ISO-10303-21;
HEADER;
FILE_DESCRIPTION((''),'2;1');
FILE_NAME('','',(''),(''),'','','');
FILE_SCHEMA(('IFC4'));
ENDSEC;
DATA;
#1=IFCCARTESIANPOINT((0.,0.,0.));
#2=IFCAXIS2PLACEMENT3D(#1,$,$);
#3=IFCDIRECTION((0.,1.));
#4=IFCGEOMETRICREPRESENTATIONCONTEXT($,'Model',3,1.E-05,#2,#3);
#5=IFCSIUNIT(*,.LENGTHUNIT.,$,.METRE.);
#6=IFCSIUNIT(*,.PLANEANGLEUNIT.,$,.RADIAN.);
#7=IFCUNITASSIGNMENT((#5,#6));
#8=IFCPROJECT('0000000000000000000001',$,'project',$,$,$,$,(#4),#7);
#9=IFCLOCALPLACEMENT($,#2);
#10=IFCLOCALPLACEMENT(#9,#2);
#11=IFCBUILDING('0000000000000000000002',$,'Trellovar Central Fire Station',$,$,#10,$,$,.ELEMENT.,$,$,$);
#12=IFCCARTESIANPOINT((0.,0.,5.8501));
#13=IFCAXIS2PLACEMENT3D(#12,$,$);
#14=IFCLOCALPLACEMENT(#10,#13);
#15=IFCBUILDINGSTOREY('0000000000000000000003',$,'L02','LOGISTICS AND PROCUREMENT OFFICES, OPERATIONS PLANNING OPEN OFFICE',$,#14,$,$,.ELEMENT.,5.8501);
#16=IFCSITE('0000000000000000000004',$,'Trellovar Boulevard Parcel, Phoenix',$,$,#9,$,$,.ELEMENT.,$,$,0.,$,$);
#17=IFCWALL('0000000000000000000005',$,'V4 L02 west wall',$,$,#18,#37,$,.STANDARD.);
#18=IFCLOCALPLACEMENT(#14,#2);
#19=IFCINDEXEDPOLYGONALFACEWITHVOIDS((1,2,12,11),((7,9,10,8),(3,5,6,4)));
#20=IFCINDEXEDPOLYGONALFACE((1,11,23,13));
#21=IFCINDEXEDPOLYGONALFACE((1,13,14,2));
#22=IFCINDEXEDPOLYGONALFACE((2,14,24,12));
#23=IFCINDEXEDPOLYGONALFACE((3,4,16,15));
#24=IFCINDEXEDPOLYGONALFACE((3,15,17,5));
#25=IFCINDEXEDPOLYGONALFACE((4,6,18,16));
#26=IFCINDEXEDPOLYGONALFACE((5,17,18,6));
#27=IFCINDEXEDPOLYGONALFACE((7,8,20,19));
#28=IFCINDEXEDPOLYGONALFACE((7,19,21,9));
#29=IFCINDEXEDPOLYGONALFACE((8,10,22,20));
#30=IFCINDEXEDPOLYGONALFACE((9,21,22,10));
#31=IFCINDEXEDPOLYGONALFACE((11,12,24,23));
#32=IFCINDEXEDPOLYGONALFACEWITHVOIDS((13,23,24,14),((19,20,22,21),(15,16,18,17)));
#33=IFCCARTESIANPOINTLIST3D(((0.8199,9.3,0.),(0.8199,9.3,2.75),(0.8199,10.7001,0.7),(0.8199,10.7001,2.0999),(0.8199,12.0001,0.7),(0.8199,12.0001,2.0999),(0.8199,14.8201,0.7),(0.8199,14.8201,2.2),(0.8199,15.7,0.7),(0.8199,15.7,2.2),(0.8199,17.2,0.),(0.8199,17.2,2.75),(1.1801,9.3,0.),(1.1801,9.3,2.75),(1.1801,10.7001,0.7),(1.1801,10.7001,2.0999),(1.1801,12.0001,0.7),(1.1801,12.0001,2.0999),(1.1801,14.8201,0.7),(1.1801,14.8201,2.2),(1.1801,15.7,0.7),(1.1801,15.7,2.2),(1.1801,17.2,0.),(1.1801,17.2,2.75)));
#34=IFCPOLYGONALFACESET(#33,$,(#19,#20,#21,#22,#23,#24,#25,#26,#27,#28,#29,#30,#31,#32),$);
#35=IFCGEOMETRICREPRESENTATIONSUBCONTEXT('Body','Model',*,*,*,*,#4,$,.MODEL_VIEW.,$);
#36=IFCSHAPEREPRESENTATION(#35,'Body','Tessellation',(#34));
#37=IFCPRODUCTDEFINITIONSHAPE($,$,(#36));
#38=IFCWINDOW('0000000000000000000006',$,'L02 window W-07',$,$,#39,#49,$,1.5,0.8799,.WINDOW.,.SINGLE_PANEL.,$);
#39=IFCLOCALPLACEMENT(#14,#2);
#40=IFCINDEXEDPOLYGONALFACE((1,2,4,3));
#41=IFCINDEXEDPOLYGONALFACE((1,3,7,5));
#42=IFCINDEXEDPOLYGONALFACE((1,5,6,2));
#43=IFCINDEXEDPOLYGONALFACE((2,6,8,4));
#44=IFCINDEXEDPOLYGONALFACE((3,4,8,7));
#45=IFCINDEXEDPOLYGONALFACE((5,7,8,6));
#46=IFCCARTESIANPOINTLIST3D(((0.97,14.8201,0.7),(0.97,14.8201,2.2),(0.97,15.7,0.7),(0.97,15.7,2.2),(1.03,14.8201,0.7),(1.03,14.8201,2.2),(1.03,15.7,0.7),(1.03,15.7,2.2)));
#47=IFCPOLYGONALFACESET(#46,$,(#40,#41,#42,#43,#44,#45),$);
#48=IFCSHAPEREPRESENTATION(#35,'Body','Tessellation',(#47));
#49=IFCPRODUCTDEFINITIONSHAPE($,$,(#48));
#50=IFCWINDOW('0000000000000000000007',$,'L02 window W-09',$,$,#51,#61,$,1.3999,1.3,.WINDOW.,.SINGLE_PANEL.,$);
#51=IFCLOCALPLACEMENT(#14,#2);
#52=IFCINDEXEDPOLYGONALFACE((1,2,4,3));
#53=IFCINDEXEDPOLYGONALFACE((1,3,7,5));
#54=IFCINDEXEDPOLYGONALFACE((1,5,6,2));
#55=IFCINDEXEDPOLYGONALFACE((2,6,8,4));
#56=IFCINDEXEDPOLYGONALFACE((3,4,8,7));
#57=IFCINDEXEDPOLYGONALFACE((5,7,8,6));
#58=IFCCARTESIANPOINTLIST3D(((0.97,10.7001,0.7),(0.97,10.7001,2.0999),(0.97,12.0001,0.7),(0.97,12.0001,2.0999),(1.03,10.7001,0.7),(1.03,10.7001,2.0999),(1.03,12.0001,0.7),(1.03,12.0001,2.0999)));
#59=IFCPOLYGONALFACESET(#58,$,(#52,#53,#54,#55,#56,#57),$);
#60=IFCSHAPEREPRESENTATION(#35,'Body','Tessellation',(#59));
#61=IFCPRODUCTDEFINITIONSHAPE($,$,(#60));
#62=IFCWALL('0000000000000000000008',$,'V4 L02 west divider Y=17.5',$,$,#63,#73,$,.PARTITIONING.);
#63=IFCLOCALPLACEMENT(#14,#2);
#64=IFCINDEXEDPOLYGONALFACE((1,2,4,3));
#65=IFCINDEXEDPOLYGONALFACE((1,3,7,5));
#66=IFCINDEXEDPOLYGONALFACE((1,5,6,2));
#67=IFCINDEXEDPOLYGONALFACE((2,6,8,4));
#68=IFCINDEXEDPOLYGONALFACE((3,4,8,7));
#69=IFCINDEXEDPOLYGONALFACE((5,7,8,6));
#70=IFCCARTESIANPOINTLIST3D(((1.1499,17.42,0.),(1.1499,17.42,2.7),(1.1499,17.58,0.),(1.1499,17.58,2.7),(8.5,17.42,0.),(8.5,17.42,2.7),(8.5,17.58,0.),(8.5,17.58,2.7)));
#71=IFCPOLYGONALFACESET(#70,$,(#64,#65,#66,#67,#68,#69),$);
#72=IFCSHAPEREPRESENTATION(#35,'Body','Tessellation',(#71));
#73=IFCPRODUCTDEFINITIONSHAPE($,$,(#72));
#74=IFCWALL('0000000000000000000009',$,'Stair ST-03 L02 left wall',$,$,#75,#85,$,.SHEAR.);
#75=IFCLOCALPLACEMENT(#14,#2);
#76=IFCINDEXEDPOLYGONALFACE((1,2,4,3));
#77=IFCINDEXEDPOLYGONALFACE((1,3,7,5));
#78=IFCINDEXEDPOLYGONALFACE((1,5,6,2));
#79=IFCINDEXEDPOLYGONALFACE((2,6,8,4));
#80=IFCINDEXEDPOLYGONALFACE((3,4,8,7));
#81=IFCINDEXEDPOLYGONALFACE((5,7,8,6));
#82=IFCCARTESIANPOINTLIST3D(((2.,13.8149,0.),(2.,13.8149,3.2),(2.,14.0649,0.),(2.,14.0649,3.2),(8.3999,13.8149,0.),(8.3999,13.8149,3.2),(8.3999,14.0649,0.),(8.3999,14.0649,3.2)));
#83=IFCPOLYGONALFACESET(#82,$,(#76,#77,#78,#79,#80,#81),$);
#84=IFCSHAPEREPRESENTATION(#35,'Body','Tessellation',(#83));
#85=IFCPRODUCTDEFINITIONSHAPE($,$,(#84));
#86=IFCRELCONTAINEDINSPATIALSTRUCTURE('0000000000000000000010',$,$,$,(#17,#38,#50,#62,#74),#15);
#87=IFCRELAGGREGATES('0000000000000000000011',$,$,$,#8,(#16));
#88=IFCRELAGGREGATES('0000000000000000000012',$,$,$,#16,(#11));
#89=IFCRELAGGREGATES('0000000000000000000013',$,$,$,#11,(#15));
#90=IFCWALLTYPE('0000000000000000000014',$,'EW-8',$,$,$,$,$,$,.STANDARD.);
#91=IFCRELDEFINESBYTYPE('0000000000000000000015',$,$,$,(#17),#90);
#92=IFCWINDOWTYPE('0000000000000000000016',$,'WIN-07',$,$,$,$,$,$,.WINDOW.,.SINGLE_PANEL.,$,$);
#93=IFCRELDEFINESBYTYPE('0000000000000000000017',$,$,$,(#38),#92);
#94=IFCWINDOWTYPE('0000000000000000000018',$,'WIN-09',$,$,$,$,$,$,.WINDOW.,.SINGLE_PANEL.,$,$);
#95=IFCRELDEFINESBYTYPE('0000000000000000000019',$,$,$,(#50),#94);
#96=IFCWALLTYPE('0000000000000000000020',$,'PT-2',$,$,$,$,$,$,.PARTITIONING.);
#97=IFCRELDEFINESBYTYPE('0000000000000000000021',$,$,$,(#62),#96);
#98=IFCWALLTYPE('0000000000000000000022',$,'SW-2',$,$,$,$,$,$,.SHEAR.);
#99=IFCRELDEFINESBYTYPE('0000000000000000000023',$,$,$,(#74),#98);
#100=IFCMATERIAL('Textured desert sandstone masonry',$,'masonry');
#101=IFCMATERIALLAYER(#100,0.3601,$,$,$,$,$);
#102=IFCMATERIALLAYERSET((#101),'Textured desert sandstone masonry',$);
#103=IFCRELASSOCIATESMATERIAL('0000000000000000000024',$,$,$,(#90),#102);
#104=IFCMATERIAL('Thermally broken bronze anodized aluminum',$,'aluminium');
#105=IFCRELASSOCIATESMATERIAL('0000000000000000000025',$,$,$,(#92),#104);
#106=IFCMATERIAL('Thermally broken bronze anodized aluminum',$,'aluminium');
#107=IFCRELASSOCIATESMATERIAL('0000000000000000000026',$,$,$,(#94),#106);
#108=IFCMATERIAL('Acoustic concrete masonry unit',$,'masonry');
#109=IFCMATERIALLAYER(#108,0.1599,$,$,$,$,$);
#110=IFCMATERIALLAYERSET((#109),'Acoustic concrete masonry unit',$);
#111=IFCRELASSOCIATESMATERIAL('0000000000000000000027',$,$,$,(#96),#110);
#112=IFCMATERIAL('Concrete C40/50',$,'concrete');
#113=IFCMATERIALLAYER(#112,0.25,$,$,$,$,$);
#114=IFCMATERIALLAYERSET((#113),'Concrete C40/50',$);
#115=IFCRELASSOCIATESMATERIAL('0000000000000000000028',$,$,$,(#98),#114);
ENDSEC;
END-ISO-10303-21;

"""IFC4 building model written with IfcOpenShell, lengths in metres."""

from ifc_helpers import new_model, si_unit, direction, frame, frame_2d, origin, place, context, subcontext, project, spatial, rectangle, extrude, material, layer, layer_set, type_object, element, fill, save


model = new_model("IFC4")

# Units and contexts
model_context = context("Model", 3, precision=1e-05, world=origin(), true_north=direction((0.0, 1.0)))
body_context = subcontext(model_context, "Body", "Model", "MODEL_VIEW")
ifc_project = project(units=[si_unit("LENGTHUNIT", "METRE"), si_unit("PLANEANGLEUNIT", "RADIAN")], contexts=[model_context])

# Site, building, storey
site_placement = place(None, origin())
site = spatial("IfcSite", under=ifc_project, at=site_placement, Name="Trellovar Boulevard Parcel, Phoenix", CompositionType="ELEMENT", RefElevation=0.0)
building_placement = place(site_placement, origin())
building = spatial("IfcBuilding", under=site, at=building_placement, Name="Trellovar Central Fire Station", CompositionType="ELEMENT")
storey_placement = place(building_placement, frame((0.0, 0.0, 5.8501)))
storey = spatial("IfcBuildingStorey", under=building, at=storey_placement, Name="L02", Description="LOGISTICS AND PROCUREMENT OFFICES, OPERATIONS PLANNING OPEN OFFICE", CompositionType="ELEMENT", Elevation=5.8501)

# Wall, openings, windows
ifc_material_1 = material(Name="Textured desert sandstone masonry", Category="masonry")
ifc_layer_1 = layer(ifc_material_1, 0.3601)
ifc_layer_set_1 = layer_set([ifc_layer_1], Name="Textured desert sandstone masonry")
wall_type_1 = type_object("IfcWallType", Name="EW-8", PredefinedType="STANDARD", material=ifc_layer_set_1)
wall_1_placement = place(storey_placement, frame((1.0, 17.2, 0.0), z_axis=(0.0, 0.0, 1.0), x_axis=(0.0, -1.0, 0.0)))
wall_1 = element("IfcWall", 1, at=wall_1_placement, inside=storey, type_object=wall_type_1, Name="V4 L02 west wall", PredefinedType="STANDARD", context=body_context, shape_type="SweptSolid", body=[
    extrude(rectangle(XDim=7.8999, YDim=0.3601, at=frame_2d((3.95, 0.0))), origin(), (0.0, 0.0, 1.0), 2.75),
])
opening_1_placement = place(wall_1_placement, frame((1.5, 0.0, 0.7)))
opening_1 = element("IfcOpeningElement", 2, at=opening_1_placement, cuts=wall_1, PredefinedType="OPENING", context=body_context, shape_type="SweptSolid", body=[
    extrude(rectangle(XDim=0.8799, YDim=1.5, at=frame_2d((0.4399, 0.75))), frame((0.0, 0.1899, 0.0), z_axis=(0.0, -1.0, 0.0), x_axis=(1.0, 0.0, 0.0)), (0.0, 0.0, 1.0), 0.3801),
])
opening_2_placement = place(wall_1_placement, frame((5.2, 0.0, 0.7)))
opening_2 = element("IfcOpeningElement", 3, at=opening_2_placement, cuts=wall_1, PredefinedType="OPENING", context=body_context, shape_type="SweptSolid", body=[
    extrude(rectangle(XDim=1.3, YDim=1.3999, at=frame_2d((0.6499, 0.7))), frame((0.0, 0.1899, 0.0), z_axis=(0.0, -1.0, 0.0), x_axis=(1.0, 0.0, 0.0)), (0.0, 0.0, 1.0), 0.3801),
])
ifc_material_2 = material(Name="Thermally broken bronze anodized aluminum", Category="aluminium")
window_type_1 = type_object("IfcWindowType", Name="WIN-07", PartitioningType="SINGLE_PANEL", PredefinedType="WINDOW", material=ifc_material_2)
window_1_placement = place(opening_1_placement, origin())
window_1 = element("IfcWindow", 4, at=window_1_placement, inside=storey, type_object=window_type_1, Name="L02 window W-07", OverallHeight=1.5, OverallWidth=0.8799, PartitioningType="SINGLE_PANEL", PredefinedType="WINDOW", context=body_context, shape_type="SweptSolid", body=[
    extrude(rectangle(XDim=0.8799, YDim=1.5, at=frame_2d((0.4399, 0.75))), frame((0.0, 0.03, 0.0), z_axis=(0.0, -1.0, 0.0), x_axis=(1.0, 0.0, 0.0)), (0.0, 0.0, 1.0), 0.0601),
])
fill(opening_1, window_1)
ifc_material_3 = material(Name="Thermally broken bronze anodized aluminum", Category="aluminium")
window_type_2 = type_object("IfcWindowType", Name="WIN-09", PartitioningType="SINGLE_PANEL", PredefinedType="WINDOW", material=ifc_material_3)
window_2_placement = place(opening_2_placement, origin())
window_2 = element("IfcWindow", 5, at=window_2_placement, inside=storey, type_object=window_type_2, Name="L02 window W-09", OverallHeight=1.3999, OverallWidth=1.3, PartitioningType="SINGLE_PANEL", PredefinedType="WINDOW", context=body_context, shape_type="SweptSolid", body=[
    extrude(rectangle(XDim=1.3, YDim=1.3999, at=frame_2d((0.6499, 0.7))), frame((0.0, 0.03, 0.0), z_axis=(0.0, -1.0, 0.0), x_axis=(1.0, 0.0, 0.0)), (0.0, 0.0, 1.0), 0.0601),
])
fill(opening_2, window_2)

# Wall
ifc_material_4 = material(Name="Acoustic concrete masonry unit", Category="masonry")
ifc_layer_2 = layer(ifc_material_4, 0.1599)
ifc_layer_set_2 = layer_set([ifc_layer_2], Name="Acoustic concrete masonry unit")
wall_type_2 = type_object("IfcWallType", Name="PT-2", PredefinedType="PARTITIONING", material=ifc_layer_set_2)
wall_2_placement = place(storey_placement, frame((1.1499, 17.5, 0.0), z_axis=(0.0, 0.0, 1.0), x_axis=(1.0, 0.0, 0.0)))
element("IfcWall", 6, at=wall_2_placement, inside=storey, type_object=wall_type_2, Name="V4 L02 west divider Y=17.5", PredefinedType="PARTITIONING", context=body_context, shape_type="SweptSolid", body=[
    extrude(rectangle(XDim=7.3501, YDim=0.1599, at=frame_2d((3.675, 0.0))), origin(), (0.0, 0.0, 1.0), 2.7),
])

# Wall
ifc_material_5 = material(Name="Concrete C40/50", Category="concrete")
ifc_layer_3 = layer(ifc_material_5, 0.25)
ifc_layer_set_3 = layer_set([ifc_layer_3], Name="Concrete C40/50")
wall_type_3 = type_object("IfcWallType", Name="SW-2", PredefinedType="SHEAR", material=ifc_layer_set_3)
wall_3_placement = place(storey_placement, frame((8.3999, 13.9399, 0.0), z_axis=(0.0, 0.0, 1.0), x_axis=(-1.0, 0.0, 0.0)))
element("IfcWall", 7, at=wall_3_placement, inside=storey, type_object=wall_type_3, Name="Stair ST-03 L02 left wall", PredefinedType="SHEAR", context=body_context, shape_type="SweptSolid", body=[
    extrude(rectangle(XDim=6.3999, YDim=0.25, at=frame_2d((3.2, 0.0))), origin(), (0.0, 0.0, 1.0), 3.2),
])

save(model, "model.ifc")
